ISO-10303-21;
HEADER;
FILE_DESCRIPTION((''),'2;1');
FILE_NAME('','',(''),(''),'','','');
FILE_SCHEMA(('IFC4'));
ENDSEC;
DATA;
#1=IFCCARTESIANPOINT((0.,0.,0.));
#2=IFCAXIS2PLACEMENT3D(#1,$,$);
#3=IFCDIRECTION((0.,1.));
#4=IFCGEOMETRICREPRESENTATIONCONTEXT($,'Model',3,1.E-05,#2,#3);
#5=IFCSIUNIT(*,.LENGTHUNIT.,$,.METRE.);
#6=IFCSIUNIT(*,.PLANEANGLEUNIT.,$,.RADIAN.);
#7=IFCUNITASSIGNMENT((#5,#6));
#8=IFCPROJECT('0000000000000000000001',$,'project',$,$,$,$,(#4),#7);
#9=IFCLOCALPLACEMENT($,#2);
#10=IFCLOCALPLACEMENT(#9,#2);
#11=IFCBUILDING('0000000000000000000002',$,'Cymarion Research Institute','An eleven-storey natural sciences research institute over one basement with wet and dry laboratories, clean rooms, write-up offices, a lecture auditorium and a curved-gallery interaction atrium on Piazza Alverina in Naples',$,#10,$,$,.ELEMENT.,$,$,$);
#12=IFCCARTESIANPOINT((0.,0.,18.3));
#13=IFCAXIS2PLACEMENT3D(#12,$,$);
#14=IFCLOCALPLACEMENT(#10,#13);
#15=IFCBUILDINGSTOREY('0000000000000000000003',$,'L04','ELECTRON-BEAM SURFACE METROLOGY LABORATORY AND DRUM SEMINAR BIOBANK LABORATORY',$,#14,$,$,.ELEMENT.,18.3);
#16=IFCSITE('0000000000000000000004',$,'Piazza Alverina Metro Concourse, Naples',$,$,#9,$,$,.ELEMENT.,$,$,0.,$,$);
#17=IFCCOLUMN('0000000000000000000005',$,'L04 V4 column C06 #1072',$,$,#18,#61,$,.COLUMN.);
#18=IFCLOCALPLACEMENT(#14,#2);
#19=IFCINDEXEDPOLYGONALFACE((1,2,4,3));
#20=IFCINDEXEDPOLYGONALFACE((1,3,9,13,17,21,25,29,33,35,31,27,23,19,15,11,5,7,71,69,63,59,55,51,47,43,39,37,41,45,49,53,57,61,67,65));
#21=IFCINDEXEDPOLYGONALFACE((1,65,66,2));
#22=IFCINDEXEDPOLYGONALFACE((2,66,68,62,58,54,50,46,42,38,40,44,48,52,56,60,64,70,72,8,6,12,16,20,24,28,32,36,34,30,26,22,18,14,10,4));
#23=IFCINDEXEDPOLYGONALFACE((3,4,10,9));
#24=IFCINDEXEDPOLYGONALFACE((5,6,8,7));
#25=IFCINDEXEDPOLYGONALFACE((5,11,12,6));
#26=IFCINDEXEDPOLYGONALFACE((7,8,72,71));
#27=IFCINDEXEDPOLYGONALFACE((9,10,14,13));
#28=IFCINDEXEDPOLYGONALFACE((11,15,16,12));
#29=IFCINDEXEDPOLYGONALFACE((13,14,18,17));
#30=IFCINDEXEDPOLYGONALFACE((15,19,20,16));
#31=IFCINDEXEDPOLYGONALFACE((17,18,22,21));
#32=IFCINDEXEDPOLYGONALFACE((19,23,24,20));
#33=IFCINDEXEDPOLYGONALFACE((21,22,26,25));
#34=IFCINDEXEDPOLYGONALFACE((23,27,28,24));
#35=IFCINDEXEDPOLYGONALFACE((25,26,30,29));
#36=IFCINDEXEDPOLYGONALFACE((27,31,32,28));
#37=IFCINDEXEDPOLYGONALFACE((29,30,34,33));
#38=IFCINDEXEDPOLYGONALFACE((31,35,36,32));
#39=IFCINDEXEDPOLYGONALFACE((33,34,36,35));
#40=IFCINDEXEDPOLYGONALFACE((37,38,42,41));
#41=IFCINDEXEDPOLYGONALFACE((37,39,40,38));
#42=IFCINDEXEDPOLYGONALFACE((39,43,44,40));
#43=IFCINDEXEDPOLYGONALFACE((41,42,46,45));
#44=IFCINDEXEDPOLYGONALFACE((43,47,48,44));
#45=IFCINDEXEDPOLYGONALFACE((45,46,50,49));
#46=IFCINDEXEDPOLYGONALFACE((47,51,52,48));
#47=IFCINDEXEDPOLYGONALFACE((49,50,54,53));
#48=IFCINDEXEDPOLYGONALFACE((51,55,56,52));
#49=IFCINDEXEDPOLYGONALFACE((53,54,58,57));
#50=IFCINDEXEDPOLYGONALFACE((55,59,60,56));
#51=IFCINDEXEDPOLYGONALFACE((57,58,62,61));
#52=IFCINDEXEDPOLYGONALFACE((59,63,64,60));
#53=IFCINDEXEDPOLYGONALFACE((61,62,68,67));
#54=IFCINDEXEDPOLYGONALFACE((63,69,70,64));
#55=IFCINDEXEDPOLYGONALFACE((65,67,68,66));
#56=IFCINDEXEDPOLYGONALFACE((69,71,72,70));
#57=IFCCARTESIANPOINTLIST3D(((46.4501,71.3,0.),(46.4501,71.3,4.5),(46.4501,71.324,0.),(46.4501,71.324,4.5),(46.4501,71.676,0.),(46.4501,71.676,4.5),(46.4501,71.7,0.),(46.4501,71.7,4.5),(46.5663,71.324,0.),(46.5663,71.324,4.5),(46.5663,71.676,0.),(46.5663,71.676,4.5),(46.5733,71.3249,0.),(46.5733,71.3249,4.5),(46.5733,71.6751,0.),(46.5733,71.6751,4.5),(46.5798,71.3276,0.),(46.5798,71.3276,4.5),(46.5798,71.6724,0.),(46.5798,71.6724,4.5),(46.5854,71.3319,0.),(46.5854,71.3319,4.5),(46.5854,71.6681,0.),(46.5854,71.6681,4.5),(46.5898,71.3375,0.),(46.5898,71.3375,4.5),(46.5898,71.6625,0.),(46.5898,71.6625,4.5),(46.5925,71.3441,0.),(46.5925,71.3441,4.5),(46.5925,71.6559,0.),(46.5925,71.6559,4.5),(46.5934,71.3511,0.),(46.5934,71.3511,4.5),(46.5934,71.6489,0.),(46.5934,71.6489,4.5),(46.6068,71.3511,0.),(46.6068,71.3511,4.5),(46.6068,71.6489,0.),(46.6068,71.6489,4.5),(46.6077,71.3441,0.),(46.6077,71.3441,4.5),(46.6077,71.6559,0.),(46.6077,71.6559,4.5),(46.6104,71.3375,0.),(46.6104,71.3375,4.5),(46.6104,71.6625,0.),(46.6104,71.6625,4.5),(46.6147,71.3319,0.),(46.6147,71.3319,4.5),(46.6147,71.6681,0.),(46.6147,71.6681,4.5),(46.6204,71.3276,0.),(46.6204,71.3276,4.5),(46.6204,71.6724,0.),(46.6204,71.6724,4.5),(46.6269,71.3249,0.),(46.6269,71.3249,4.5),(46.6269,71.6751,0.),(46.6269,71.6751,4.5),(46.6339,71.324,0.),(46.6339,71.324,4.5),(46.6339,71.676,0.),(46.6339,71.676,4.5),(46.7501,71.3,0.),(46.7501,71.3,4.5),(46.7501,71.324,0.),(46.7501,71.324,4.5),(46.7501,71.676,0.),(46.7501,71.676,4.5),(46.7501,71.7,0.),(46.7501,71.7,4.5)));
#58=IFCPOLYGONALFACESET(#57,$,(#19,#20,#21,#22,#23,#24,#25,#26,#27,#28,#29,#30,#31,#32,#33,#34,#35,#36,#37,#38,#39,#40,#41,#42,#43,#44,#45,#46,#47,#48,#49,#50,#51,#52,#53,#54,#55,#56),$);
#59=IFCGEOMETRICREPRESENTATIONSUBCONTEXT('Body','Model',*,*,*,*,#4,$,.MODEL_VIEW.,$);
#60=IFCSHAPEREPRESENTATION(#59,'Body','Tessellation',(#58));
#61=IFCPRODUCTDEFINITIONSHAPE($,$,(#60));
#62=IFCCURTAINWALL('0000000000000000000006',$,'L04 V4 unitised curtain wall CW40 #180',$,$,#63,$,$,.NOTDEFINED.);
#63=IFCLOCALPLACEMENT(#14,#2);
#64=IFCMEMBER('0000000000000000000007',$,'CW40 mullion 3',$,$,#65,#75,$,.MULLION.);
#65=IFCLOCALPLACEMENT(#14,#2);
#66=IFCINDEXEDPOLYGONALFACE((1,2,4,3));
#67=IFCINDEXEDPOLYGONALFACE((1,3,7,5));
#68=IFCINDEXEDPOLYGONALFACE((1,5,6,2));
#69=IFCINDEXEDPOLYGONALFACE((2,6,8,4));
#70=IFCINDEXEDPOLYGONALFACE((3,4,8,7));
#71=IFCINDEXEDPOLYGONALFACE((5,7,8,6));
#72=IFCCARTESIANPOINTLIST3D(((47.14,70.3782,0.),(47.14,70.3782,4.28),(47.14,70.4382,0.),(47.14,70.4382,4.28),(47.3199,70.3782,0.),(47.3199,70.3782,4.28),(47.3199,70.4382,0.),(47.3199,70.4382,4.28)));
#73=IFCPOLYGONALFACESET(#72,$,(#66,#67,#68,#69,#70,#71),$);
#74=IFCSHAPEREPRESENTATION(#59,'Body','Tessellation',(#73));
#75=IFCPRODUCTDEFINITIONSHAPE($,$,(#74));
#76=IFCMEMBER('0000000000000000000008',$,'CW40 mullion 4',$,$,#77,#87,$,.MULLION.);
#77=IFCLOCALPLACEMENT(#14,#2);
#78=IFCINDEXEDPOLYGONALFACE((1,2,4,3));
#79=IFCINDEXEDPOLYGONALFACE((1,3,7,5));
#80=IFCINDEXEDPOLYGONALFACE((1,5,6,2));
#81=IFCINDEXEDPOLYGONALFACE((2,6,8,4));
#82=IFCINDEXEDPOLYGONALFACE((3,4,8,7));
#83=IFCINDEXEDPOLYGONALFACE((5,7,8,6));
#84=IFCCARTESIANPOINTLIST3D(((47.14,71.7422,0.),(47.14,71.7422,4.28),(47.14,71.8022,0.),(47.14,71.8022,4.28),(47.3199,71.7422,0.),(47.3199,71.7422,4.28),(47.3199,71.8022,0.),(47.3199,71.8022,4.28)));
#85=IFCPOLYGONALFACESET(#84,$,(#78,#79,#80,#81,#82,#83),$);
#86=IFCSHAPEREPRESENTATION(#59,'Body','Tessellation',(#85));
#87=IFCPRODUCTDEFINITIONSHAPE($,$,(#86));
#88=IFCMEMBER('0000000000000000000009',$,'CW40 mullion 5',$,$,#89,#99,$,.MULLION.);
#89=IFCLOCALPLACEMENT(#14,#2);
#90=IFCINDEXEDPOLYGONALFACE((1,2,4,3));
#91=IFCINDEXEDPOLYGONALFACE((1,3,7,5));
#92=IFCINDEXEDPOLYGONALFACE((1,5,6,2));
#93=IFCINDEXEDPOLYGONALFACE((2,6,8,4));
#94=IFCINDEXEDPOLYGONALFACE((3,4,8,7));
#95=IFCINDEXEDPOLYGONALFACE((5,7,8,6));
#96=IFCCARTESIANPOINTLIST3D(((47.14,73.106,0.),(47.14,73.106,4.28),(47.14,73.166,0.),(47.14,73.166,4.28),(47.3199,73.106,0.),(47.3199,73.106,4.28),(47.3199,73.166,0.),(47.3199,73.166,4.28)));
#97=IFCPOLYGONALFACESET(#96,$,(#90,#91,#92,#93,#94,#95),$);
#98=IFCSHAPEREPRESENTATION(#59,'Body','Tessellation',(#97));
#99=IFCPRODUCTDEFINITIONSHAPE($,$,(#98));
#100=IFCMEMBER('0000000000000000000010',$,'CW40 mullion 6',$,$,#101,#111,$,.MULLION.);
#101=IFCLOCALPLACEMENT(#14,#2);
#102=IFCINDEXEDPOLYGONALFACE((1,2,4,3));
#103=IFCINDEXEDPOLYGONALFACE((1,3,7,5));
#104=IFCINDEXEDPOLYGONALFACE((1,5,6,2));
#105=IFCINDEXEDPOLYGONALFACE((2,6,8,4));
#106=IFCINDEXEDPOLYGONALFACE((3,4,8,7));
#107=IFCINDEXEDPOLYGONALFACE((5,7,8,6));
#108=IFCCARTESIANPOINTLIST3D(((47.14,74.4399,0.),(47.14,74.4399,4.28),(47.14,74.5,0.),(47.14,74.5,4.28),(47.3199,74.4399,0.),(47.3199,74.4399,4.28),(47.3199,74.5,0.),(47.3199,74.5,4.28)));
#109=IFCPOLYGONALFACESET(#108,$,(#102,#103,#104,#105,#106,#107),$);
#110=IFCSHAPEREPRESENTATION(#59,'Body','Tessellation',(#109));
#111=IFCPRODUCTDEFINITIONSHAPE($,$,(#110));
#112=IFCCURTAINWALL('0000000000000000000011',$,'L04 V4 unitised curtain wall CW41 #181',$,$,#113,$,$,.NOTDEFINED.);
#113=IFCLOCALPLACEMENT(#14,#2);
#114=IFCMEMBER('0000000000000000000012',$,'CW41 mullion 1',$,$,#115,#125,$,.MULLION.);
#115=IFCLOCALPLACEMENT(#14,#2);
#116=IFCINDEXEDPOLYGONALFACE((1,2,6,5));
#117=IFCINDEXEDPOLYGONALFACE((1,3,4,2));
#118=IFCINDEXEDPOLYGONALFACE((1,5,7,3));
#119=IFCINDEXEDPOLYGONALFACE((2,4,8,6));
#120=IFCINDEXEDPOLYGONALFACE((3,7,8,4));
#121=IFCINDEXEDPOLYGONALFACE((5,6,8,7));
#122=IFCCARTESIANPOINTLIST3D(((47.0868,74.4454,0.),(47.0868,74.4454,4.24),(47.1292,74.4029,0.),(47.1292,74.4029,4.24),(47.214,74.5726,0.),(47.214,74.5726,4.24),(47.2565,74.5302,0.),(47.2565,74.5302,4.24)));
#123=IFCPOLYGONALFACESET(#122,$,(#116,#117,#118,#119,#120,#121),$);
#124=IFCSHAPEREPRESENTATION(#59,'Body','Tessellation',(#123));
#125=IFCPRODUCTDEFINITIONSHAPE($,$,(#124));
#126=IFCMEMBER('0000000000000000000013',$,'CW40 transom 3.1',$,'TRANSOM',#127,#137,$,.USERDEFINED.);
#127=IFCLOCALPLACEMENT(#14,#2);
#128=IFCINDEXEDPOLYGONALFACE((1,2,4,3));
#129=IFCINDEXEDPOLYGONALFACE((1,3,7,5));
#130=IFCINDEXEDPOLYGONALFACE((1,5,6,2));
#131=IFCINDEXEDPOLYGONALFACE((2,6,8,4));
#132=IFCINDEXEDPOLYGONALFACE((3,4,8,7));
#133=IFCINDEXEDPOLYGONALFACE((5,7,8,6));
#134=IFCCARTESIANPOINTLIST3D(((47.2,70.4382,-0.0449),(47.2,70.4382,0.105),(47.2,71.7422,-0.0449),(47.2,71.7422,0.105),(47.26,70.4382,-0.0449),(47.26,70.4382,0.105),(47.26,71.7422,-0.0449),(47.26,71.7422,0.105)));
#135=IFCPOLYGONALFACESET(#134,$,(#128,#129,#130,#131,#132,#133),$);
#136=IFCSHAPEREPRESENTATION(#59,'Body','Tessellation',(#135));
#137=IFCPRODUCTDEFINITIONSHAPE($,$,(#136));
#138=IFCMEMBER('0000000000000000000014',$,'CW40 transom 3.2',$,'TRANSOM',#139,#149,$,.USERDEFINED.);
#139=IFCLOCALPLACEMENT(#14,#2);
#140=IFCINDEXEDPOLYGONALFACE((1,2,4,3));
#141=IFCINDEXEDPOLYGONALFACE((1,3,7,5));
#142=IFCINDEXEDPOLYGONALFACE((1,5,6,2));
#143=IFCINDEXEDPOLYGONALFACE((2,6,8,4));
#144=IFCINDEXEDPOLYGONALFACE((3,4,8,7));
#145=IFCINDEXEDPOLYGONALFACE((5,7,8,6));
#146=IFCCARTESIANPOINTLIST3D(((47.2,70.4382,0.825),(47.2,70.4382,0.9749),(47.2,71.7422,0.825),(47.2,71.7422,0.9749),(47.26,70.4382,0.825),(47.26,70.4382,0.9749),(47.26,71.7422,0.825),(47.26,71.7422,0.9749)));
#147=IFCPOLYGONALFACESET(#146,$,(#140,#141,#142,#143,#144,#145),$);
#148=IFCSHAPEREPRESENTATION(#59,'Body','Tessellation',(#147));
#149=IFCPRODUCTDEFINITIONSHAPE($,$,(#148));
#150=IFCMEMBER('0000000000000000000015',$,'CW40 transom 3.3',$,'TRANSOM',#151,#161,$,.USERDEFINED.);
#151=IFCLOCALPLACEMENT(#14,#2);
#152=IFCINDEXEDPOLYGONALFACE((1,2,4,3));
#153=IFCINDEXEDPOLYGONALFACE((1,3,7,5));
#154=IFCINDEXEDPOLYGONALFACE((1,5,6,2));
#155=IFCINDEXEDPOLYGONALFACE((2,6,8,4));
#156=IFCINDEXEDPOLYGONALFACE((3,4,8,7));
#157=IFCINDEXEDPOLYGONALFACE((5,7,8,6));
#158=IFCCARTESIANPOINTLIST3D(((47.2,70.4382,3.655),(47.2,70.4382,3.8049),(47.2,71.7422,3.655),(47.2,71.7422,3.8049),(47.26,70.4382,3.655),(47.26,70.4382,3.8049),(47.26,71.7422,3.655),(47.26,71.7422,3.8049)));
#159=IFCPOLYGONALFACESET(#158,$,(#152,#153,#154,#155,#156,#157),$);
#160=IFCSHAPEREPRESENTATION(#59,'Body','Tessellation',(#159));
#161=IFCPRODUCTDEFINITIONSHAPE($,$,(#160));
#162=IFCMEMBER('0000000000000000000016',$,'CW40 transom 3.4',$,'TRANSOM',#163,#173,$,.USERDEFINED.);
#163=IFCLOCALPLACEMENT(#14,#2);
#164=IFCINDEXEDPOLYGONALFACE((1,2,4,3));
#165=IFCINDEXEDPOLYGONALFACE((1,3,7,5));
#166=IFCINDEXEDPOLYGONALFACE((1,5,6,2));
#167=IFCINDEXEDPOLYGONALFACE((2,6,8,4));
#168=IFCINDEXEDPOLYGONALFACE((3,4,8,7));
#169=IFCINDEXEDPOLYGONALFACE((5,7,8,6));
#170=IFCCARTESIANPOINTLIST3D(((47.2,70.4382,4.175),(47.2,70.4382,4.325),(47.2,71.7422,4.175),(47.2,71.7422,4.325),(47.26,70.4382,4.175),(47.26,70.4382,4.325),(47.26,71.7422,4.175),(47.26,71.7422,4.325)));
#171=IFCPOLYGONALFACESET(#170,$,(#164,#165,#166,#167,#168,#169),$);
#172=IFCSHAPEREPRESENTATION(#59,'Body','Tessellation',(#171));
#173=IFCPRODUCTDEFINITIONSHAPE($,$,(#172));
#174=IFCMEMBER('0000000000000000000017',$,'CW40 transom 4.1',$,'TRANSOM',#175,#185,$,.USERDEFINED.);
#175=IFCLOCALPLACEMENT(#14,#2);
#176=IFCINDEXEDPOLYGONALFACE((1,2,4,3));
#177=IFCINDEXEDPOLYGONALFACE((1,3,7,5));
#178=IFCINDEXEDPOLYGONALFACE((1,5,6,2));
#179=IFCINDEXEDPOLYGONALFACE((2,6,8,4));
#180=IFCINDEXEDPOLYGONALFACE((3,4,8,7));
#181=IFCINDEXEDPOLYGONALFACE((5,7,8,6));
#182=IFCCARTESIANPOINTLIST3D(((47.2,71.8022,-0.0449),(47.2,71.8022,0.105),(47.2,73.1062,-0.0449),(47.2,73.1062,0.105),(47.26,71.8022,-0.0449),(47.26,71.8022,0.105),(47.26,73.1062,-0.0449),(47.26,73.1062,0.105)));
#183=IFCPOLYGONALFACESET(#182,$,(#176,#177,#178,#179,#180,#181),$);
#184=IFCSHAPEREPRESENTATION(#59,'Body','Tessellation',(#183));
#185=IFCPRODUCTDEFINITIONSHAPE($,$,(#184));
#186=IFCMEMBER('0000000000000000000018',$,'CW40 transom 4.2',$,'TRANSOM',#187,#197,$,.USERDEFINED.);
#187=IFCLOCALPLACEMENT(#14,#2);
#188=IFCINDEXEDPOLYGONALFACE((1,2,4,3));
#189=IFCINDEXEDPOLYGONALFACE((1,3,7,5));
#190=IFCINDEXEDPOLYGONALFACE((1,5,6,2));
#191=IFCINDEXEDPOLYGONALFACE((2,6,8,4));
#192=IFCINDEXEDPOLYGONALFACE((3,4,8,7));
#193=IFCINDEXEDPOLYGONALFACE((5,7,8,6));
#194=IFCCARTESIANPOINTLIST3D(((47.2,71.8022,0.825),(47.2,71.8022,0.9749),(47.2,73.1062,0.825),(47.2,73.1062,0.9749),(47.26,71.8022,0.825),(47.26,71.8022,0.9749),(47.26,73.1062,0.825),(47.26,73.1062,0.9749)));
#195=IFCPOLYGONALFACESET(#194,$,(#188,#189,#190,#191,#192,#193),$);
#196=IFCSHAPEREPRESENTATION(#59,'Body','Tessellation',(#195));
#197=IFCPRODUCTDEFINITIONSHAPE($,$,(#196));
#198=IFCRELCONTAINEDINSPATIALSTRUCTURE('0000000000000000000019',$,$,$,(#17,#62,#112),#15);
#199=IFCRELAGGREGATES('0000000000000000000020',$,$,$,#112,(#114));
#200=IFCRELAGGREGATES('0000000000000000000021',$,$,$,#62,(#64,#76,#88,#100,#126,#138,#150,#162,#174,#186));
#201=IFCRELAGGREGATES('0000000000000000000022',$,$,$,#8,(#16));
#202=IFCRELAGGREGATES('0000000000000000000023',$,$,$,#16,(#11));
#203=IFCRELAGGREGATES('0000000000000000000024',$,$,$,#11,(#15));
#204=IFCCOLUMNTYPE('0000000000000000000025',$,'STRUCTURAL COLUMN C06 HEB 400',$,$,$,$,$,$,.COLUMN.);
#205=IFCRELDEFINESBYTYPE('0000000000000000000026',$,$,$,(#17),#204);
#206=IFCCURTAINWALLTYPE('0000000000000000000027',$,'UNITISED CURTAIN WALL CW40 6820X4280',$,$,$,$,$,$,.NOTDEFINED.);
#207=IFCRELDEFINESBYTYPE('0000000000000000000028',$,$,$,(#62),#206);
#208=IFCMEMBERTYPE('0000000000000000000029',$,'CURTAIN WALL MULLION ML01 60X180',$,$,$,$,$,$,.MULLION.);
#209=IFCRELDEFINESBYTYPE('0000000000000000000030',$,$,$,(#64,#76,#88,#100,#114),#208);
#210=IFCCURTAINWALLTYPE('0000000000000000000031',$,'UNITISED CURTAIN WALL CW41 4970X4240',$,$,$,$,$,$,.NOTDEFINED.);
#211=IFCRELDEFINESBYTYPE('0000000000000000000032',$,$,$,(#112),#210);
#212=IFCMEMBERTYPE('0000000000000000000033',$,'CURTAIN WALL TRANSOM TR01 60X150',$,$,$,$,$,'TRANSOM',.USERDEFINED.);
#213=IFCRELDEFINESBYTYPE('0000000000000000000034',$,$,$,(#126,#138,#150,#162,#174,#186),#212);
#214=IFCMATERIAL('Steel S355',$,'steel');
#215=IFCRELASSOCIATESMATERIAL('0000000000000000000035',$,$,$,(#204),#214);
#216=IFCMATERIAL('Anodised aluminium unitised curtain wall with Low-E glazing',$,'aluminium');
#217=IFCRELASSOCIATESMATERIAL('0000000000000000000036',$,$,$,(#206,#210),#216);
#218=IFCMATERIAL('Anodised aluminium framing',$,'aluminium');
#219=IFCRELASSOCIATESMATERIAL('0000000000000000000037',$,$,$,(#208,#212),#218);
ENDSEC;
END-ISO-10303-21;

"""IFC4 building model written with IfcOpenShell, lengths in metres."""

from ifc_helpers import new_model, si_unit, direction, frame, origin, origin_2d, place, context, subcontext, project, spatial, rectangle, i_section, extrude, material, material_profile, profile_set, type_object, element, aggregate, save


model = new_model("IFC4")

# Units and contexts
model_context = context("Model", 3, precision=1e-05, world=origin(), true_north=direction((0.0, 1.0)))
body_context = subcontext(model_context, "Body", "Model", "MODEL_VIEW")
ifc_project = project(units=[si_unit("LENGTHUNIT", "METRE"), si_unit("PLANEANGLEUNIT", "RADIAN")], contexts=[model_context])

# Site, building, storey
site_placement = place(None, origin())
site = spatial("IfcSite", under=ifc_project, at=site_placement, Name="Piazza Alverina Metro Concourse, Naples", CompositionType="ELEMENT", RefElevation=0.0)
building_placement = place(site_placement, origin())
building = spatial("IfcBuilding", under=site, at=building_placement, Name="Cymarion Research Institute", Description="An eleven-storey natural sciences research institute over one basement with wet and dry laboratories, clean rooms, write-up offices, a lecture auditorium and a curved-gallery interaction atrium on Piazza Alverina in Naples", CompositionType="ELEMENT")
storey_placement = place(building_placement, frame((0.0, 0.0, 18.3)))
storey = spatial("IfcBuildingStorey", under=building, at=storey_placement, Name="L04", Description="ELECTRON-BEAM SURFACE METROLOGY LABORATORY AND DRUM SEMINAR BIOBANK LABORATORY", CompositionType="ELEMENT", Elevation=18.3)

# Column
ifc_material_1 = material(Name="Steel S355", Category="steel")
ifc_material_profile_1 = material_profile(ifc_material_1, i_section(OverallWidth=0.3, OverallDepth=0.3999, WebThickness=0.0134, FlangeThickness=0.0239, FilletRadius=0.0271, at=origin_2d()), Name="HEB 400")
ifc_profile_set_1 = profile_set([ifc_material_profile_1], Name="Steel S355")
column_type = type_object("IfcColumnType", Name="STRUCTURAL COLUMN C06 HEB 400", PredefinedType="COLUMN", material=ifc_profile_set_1)
column_placement = place(storey_placement, frame((46.6001, 71.5, 0.0), z_axis=(0.0, 0.0, 1.0), x_axis=(1.0, 0.0, 0.0)))
element("IfcColumn", 1, at=column_placement, inside=storey, type_object=column_type, Name="L04 V4 column C06 #1072", PredefinedType="COLUMN", context=body_context, shape_type="SweptSolid", body=[
    extrude(i_section(OverallWidth=0.3, OverallDepth=0.3999, WebThickness=0.0134, FlangeThickness=0.0239, FilletRadius=0.0271, at=origin_2d()), origin(), (0.0, 0.0, 1.0), 4.5),
])

# Curtain wall, members
ifc_material_2 = material(Name="Anodised aluminium unitised curtain wall with Low-E glazing", Category="aluminium")
curtain_wall_type_1 = type_object("IfcCurtainWallType", Name="UNITISED CURTAIN WALL CW40 6820X4280", PredefinedType="NOTDEFINED", material=ifc_material_2)
curtain_wall_1_placement = place(storey_placement, origin())
curtain_wall_1 = element("IfcCurtainWall", 2, at=curtain_wall_1_placement, inside=storey, type_object=curtain_wall_type_1, Name="L04 V4 unitised curtain wall CW40 #180", PredefinedType="NOTDEFINED")
ifc_material_3 = material(Name="Anodised aluminium framing", Category="aluminium")
ifc_material_profile_2 = material_profile(ifc_material_3, rectangle(XDim=0.0601, YDim=0.1799, at=origin_2d()), Name="ALU MULLION 60x180")
ifc_profile_set_2 = profile_set([ifc_material_profile_2], Name="Anodised aluminium framing")
member_type_1 = type_object("IfcMemberType", Name="CURTAIN WALL MULLION ML01 60X180", PredefinedType="MULLION", material=ifc_profile_set_2)
member_1_placement = place(storey_placement, frame((47.23, 70.4082, 0.0), z_axis=(0.0, 0.0, 1.0), x_axis=(0.0, 1.0, 0.0)))
member_1 = element("IfcMember", 3, at=member_1_placement, type_object=member_type_1, Name="CW40 mullion 3", PredefinedType="MULLION", context=body_context, shape_type="SweptSolid", body=[
    extrude(rectangle(XDim=0.0601, YDim=0.1799, at=origin_2d()), origin(), (0.0, 0.0, 1.0), 4.28),
])
member_2_placement = place(storey_placement, frame((47.23, 71.7722, 0.0), z_axis=(0.0, 0.0, 1.0), x_axis=(0.0, 1.0, 0.0)))
member_2 = element("IfcMember", 4, at=member_2_placement, type_object=member_type_1, Name="CW40 mullion 4", PredefinedType="MULLION", context=body_context, shape_type="SweptSolid", body=[
    extrude(rectangle(XDim=0.0601, YDim=0.1799, at=origin_2d()), origin(), (0.0, 0.0, 1.0), 4.28),
])
member_3_placement = place(storey_placement, frame((47.23, 73.136, 0.0), z_axis=(0.0, 0.0, 1.0), x_axis=(0.0, 1.0, 0.0)))
member_3 = element("IfcMember", 5, at=member_3_placement, type_object=member_type_1, Name="CW40 mullion 5", PredefinedType="MULLION", context=body_context, shape_type="SweptSolid", body=[
    extrude(rectangle(XDim=0.0601, YDim=0.1799, at=origin_2d()), origin(), (0.0, 0.0, 1.0), 4.28),
])
member_4_placement = place(storey_placement, frame((47.23, 74.47, 0.0), z_axis=(0.0, 0.0, 1.0), x_axis=(0.0, 1.0, 0.0)))
member_4 = element("IfcMember", 6, at=member_4_placement, type_object=member_type_1, Name="CW40 mullion 6", PredefinedType="MULLION", context=body_context, shape_type="SweptSolid", body=[
    extrude(rectangle(XDim=0.0601, YDim=0.1799, at=origin_2d()), origin(), (0.0, 0.0, 1.0), 4.28),
])

# Curtain wall, member
curtain_wall_type_2 = type_object("IfcCurtainWallType", Name="UNITISED CURTAIN WALL CW41 4970X4240", PredefinedType="NOTDEFINED", material=ifc_material_2)
curtain_wall_2_placement = place(storey_placement, origin())
curtain_wall_2 = element("IfcCurtainWall", 7, at=curtain_wall_2_placement, inside=storey, type_object=curtain_wall_type_2, Name="L04 V4 unitised curtain wall CW41 #181", PredefinedType="NOTDEFINED")
member_5_placement = place(storey_placement, frame((47.1716, 74.4878, 0.0), z_axis=(0.0, 0.0, 1.0), x_axis=(-0.707097, 0.707117, 0.0)))
member_5 = element("IfcMember", 8, at=member_5_placement, type_object=member_type_1, Name="CW41 mullion 1", PredefinedType="MULLION", context=body_context, shape_type="SweptSolid", body=[
    extrude(rectangle(XDim=0.0601, YDim=0.1799, at=origin_2d()), origin(), (0.0, 0.0, 1.0), 4.24),
])

# Members
ifc_material_profile_3 = material_profile(ifc_material_3, rectangle(XDim=0.0601, YDim=0.1499, at=origin_2d()), Name="ALU TRANSOM 60x150")
ifc_profile_set_3 = profile_set([ifc_material_profile_3], Name="Anodised aluminium framing")
member_type_2 = type_object("IfcMemberType", Name="CURTAIN WALL TRANSOM TR01 60X150", ElementType="TRANSOM", PredefinedType="USERDEFINED", material=ifc_profile_set_3)
member_6_placement = place(storey_placement, frame((47.23, 70.4382, 0.03), z_axis=(0.0, 1.0, 0.0), x_axis=(-1.0, 0.0, 0.0)))
member_6 = element("IfcMember", 9, at=member_6_placement, type_object=member_type_2, Name="CW40 transom 3.1", ObjectType="TRANSOM", PredefinedType="USERDEFINED", context=body_context, shape_type="SweptSolid", body=[
    extrude(rectangle(XDim=0.0601, YDim=0.1499, at=origin_2d()), origin(), (0.0, 0.0, 1.0), 1.304),
])
member_7_placement = place(storey_placement, frame((47.23, 70.4382, 0.8999), z_axis=(0.0, 1.0, 0.0), x_axis=(-1.0, 0.0, 0.0)))
member_7 = element("IfcMember", 10, at=member_7_placement, type_object=member_type_2, Name="CW40 transom 3.2", ObjectType="TRANSOM", PredefinedType="USERDEFINED", context=body_context, shape_type="SweptSolid", body=[
    extrude(rectangle(XDim=0.0601, YDim=0.1499, at=origin_2d()), origin(), (0.0, 0.0, 1.0), 1.304),
])
member_8_placement = place(storey_placement, frame((47.23, 70.4382, 3.73), z_axis=(0.0, 1.0, 0.0), x_axis=(-1.0, 0.0, 0.0)))
member_8 = element("IfcMember", 11, at=member_8_placement, type_object=member_type_2, Name="CW40 transom 3.3", ObjectType="TRANSOM", PredefinedType="USERDEFINED", context=body_context, shape_type="SweptSolid", body=[
    extrude(rectangle(XDim=0.0601, YDim=0.1499, at=origin_2d()), origin(), (0.0, 0.0, 1.0), 1.304),
])
member_9_placement = place(storey_placement, frame((47.23, 70.4382, 4.25), z_axis=(0.0, 1.0, 0.0), x_axis=(-1.0, 0.0, 0.0)))
member_9 = element("IfcMember", 12, at=member_9_placement, type_object=member_type_2, Name="CW40 transom 3.4", ObjectType="TRANSOM", PredefinedType="USERDEFINED", context=body_context, shape_type="SweptSolid", body=[
    extrude(rectangle(XDim=0.0601, YDim=0.1499, at=origin_2d()), origin(), (0.0, 0.0, 1.0), 1.304),
])
member_10_placement = place(storey_placement, frame((47.23, 71.8022, 0.03), z_axis=(0.0, 1.0, 0.0), x_axis=(-1.0, 0.0, 0.0)))
member_10 = element("IfcMember", 13, at=member_10_placement, type_object=member_type_2, Name="CW40 transom 4.1", ObjectType="TRANSOM", PredefinedType="USERDEFINED", context=body_context, shape_type="SweptSolid", body=[
    extrude(rectangle(XDim=0.0601, YDim=0.1499, at=origin_2d()), origin(), (0.0, 0.0, 1.0), 1.304),
])
member_11_placement = place(storey_placement, frame((47.23, 71.8022, 0.8999), z_axis=(0.0, 1.0, 0.0), x_axis=(-1.0, 0.0, 0.0)))
member_11 = element("IfcMember", 14, at=member_11_placement, type_object=member_type_2, Name="CW40 transom 4.2", ObjectType="TRANSOM", PredefinedType="USERDEFINED", context=body_context, shape_type="SweptSolid", body=[
    extrude(rectangle(XDim=0.0601, YDim=0.1499, at=origin_2d()), origin(), (0.0, 0.0, 1.0), 1.304),
])
aggregate(curtain_wall_2, [member_5])

aggregate(curtain_wall_1, [member_1, member_2, member_3, member_4, member_6, member_7, member_8, member_9, member_10, member_11])

save(model, "model.ifc")
